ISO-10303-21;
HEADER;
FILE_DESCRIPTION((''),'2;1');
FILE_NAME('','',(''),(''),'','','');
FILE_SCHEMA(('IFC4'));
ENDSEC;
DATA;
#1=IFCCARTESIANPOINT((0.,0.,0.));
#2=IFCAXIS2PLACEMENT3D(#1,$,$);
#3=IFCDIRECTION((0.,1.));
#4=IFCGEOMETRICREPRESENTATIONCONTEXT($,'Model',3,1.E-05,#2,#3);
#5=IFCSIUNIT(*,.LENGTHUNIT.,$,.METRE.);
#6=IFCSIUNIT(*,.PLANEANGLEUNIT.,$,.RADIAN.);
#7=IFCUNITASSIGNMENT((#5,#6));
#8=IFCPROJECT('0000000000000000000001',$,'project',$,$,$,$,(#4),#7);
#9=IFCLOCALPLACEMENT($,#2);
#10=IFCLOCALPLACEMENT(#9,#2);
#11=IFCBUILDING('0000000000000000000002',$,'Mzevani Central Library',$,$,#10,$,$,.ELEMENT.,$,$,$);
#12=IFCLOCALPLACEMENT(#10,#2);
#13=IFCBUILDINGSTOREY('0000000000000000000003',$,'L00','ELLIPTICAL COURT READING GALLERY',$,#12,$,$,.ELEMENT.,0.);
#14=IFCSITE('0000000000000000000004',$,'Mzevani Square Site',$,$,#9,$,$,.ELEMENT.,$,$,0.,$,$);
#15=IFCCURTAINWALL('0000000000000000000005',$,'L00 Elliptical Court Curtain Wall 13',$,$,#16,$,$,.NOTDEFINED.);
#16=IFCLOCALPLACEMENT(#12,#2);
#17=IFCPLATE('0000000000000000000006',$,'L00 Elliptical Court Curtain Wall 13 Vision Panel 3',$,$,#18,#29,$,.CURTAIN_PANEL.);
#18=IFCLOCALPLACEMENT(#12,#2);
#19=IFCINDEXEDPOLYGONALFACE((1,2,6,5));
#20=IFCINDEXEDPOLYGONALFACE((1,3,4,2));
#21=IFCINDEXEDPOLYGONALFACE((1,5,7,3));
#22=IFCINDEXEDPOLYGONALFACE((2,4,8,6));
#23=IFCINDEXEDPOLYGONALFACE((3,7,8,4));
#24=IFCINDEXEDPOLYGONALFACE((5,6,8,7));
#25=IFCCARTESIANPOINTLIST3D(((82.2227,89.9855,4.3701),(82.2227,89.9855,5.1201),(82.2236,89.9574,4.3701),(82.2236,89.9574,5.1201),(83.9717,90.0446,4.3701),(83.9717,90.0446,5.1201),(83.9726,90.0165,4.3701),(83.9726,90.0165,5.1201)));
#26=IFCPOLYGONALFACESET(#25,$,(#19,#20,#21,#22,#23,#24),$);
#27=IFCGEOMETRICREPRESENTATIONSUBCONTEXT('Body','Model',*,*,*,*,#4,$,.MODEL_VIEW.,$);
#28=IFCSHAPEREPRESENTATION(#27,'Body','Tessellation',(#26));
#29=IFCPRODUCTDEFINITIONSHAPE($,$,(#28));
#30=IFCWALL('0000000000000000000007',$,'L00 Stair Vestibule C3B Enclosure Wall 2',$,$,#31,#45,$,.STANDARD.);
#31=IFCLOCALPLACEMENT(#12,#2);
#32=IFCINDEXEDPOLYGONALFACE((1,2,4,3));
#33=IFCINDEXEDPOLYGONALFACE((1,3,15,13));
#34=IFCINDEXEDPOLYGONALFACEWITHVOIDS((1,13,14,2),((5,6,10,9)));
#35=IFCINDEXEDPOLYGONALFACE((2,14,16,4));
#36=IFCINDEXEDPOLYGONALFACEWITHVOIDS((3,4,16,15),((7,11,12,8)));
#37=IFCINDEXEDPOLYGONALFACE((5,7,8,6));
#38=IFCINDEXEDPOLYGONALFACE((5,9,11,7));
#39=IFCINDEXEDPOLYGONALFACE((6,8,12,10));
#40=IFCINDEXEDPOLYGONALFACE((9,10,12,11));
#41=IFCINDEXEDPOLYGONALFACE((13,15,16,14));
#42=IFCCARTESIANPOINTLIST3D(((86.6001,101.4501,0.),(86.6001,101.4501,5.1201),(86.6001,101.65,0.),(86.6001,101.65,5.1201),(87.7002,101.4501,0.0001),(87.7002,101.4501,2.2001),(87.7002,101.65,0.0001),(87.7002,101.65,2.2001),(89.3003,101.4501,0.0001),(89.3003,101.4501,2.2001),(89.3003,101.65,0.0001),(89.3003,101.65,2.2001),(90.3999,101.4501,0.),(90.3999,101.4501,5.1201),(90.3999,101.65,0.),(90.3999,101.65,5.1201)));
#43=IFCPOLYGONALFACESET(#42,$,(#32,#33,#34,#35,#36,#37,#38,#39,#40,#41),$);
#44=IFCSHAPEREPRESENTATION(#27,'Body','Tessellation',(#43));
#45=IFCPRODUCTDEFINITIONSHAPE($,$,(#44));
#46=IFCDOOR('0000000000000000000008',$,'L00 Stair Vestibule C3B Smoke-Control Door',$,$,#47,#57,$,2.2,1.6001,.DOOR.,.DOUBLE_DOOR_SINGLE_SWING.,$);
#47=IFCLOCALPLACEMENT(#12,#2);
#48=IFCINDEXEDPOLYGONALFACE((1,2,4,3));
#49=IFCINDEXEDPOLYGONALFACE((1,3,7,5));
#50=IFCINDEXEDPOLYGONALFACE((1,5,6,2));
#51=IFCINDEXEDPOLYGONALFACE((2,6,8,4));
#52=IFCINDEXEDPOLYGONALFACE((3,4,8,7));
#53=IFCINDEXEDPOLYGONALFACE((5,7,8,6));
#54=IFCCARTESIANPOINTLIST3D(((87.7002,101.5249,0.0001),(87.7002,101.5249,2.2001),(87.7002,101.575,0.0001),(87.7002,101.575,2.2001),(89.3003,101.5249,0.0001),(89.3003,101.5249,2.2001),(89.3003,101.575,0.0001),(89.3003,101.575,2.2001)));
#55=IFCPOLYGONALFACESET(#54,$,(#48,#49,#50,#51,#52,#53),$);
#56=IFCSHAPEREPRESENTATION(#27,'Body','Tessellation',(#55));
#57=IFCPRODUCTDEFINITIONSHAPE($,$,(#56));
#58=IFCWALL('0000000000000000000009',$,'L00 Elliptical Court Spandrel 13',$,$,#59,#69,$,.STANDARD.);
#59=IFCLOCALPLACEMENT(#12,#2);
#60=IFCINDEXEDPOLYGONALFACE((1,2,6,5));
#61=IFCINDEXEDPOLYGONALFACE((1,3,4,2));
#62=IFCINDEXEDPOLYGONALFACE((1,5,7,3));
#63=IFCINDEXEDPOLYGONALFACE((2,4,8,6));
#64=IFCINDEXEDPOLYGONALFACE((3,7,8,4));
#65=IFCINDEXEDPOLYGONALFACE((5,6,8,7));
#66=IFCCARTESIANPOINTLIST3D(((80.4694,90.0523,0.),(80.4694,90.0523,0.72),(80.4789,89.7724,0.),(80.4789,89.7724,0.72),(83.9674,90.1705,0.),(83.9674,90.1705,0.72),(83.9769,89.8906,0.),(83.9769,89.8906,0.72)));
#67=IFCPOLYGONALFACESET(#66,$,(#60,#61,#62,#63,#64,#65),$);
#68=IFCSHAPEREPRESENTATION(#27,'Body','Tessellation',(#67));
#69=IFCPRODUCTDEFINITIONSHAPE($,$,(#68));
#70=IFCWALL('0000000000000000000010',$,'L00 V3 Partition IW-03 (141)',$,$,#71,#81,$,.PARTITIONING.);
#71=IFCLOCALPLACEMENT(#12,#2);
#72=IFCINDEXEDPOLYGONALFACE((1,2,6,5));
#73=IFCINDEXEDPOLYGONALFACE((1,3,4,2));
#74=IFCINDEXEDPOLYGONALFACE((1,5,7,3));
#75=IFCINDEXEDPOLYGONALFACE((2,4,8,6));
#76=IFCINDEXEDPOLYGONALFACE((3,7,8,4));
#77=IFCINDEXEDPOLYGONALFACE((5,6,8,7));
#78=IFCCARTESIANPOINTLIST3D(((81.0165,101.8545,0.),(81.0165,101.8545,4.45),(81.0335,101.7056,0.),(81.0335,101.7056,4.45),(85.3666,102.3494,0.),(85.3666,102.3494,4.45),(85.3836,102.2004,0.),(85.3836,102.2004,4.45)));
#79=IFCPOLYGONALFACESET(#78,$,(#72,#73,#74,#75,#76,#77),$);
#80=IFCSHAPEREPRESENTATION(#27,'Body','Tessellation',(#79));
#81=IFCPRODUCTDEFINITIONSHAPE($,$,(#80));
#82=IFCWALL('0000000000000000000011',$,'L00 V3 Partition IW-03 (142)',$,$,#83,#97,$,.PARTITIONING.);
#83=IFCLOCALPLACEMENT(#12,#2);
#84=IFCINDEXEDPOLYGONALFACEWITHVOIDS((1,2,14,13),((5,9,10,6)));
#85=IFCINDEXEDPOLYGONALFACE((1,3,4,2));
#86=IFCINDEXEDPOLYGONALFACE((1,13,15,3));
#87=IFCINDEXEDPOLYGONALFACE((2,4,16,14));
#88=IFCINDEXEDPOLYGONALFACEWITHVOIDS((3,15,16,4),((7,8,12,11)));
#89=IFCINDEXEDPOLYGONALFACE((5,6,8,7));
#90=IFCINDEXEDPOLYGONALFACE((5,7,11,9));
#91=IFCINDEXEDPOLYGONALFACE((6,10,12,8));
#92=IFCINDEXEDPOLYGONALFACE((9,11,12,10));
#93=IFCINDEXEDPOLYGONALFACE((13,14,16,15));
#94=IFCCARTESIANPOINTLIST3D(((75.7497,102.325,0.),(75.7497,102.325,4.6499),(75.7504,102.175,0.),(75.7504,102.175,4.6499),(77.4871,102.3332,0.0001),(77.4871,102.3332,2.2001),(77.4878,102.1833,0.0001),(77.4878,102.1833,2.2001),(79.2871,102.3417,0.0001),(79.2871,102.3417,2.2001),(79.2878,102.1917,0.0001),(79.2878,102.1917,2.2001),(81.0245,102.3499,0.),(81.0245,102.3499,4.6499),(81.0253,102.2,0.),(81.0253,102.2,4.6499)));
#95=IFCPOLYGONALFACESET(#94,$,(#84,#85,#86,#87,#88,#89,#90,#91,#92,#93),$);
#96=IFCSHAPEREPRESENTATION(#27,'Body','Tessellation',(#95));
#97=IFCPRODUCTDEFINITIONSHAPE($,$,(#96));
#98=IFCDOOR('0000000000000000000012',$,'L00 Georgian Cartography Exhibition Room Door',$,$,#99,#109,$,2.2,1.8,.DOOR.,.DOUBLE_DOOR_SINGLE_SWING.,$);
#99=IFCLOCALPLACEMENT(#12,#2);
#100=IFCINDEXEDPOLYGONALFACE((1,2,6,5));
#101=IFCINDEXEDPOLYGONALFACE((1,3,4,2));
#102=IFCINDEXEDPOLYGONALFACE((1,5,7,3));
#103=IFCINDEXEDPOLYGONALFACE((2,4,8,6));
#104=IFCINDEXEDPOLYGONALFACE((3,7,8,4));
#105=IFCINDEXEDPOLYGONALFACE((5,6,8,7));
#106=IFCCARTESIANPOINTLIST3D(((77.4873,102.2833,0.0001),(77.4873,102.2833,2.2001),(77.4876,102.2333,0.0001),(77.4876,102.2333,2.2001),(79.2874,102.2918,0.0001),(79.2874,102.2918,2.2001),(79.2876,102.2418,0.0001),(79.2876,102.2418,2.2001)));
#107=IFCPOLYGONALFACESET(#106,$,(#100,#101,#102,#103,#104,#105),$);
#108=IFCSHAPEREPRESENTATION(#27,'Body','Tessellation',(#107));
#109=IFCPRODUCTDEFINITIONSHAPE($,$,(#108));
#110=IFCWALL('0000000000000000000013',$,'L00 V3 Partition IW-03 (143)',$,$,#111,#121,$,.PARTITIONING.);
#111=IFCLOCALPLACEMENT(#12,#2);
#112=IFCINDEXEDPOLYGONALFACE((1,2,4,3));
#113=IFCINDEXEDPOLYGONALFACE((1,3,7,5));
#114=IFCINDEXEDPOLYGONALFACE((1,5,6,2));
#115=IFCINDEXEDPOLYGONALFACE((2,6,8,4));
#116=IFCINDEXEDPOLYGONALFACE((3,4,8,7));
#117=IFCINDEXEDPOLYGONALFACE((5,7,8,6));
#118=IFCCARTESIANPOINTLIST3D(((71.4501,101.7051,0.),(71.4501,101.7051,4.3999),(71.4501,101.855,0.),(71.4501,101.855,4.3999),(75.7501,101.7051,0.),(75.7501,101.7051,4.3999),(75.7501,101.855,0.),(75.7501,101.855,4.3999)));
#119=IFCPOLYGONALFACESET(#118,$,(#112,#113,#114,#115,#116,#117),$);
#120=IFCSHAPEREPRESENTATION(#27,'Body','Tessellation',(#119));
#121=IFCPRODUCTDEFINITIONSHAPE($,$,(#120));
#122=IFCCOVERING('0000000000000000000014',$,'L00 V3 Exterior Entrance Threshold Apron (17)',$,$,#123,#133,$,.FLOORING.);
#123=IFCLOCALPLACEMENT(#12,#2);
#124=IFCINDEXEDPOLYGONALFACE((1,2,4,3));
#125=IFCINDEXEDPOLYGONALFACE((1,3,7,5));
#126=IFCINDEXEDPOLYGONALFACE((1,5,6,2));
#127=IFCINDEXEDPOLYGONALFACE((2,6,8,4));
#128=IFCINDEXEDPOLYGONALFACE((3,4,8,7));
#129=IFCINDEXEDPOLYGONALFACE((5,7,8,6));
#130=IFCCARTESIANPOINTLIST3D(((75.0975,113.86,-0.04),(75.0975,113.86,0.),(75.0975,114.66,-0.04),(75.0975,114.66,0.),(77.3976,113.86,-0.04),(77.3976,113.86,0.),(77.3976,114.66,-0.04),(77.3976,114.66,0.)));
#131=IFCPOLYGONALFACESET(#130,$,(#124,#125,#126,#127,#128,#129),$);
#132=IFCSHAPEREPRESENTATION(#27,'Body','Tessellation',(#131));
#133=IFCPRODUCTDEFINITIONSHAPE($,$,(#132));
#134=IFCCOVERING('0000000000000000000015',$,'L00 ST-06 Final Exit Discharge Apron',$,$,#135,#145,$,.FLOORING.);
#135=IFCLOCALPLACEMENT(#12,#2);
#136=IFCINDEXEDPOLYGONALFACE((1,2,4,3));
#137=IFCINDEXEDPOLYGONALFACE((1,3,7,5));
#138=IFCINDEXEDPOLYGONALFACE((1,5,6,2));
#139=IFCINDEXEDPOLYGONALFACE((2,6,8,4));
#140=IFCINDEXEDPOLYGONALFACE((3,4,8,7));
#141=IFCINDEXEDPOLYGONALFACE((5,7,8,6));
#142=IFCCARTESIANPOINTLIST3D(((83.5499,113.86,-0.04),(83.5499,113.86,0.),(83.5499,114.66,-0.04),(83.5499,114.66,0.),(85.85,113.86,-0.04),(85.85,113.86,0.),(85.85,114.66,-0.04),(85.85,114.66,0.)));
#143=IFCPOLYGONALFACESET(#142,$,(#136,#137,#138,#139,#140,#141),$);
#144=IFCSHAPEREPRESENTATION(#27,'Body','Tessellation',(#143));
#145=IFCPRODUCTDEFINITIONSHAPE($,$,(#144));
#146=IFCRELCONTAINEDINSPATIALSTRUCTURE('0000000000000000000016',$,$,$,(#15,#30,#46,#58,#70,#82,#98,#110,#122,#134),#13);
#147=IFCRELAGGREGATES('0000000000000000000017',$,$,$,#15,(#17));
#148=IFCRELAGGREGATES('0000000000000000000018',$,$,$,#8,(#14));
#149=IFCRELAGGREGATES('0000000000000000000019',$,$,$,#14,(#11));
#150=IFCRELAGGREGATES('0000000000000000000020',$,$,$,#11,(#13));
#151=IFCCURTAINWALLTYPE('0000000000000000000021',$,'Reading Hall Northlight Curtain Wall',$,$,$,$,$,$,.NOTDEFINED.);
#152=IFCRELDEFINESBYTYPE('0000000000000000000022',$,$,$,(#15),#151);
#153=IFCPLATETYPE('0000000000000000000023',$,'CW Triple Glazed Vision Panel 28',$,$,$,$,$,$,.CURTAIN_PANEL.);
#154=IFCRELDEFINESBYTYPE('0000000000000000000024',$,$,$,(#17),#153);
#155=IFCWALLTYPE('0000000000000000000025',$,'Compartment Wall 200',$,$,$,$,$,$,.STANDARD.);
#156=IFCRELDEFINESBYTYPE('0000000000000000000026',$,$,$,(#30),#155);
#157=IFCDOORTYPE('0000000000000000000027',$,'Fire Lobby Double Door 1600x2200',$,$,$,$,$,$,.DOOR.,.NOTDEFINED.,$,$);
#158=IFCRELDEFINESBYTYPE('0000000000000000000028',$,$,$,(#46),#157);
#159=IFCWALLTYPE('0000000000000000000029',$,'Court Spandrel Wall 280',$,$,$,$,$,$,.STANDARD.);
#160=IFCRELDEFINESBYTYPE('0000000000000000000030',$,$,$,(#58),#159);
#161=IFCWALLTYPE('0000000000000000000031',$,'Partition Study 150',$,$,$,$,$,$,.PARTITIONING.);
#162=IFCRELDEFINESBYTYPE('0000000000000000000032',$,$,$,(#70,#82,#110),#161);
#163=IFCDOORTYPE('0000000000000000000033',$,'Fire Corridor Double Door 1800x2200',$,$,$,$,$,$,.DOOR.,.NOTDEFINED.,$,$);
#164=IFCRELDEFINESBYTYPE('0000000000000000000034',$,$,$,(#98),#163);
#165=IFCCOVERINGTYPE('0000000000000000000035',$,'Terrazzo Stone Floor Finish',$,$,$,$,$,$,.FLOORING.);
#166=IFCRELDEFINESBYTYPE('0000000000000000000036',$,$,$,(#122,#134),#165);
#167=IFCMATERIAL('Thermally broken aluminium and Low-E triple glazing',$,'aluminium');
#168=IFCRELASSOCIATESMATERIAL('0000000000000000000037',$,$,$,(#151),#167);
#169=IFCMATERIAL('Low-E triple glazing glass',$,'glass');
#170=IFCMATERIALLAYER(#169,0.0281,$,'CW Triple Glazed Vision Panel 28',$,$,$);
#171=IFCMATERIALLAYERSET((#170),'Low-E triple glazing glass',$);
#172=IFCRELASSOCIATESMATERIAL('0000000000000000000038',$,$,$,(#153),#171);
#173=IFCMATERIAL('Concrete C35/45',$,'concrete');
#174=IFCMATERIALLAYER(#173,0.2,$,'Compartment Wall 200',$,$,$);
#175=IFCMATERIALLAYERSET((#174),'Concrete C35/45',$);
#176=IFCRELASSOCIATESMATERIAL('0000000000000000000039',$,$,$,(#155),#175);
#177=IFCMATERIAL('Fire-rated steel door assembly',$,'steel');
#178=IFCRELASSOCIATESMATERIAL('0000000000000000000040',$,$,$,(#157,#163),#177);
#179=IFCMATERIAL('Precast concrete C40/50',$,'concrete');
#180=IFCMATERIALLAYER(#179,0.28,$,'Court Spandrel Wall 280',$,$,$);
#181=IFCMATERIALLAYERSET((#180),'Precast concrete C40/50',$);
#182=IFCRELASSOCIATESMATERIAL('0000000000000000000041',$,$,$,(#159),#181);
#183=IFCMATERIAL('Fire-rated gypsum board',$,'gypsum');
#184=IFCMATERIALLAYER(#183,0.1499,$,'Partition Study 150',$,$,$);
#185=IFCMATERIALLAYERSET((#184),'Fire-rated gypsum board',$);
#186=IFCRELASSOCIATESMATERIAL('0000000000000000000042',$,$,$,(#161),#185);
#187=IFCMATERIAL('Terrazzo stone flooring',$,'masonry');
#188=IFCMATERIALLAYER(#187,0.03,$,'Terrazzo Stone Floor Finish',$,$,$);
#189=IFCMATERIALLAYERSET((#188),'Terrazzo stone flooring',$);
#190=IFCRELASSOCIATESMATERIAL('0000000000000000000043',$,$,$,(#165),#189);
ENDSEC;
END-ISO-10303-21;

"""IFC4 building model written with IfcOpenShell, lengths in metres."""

from ifc_helpers import new_model, si_unit, direction, frame, frame_2d, origin, origin_2d, place, context, subcontext, project, spatial, rectangle, extrude, material, layer, layer_set, type_object, element, fill, aggregate, save


model = new_model("IFC4")

# Units and contexts
model_context = context("Model", 3, precision=1e-05, world=origin(), true_north=direction((0.0, 1.0)))
body_context = subcontext(model_context, "Body", "Model", "MODEL_VIEW")
ifc_project = project(units=[si_unit("LENGTHUNIT", "METRE"), si_unit("PLANEANGLEUNIT", "RADIAN")], contexts=[model_context])

# Site, building, storey
site_placement = place(None, origin())
site = spatial("IfcSite", under=ifc_project, at=site_placement, Name="Mzevani Square Site", CompositionType="ELEMENT", RefElevation=0.0)
building_placement = place(site_placement, origin())
building = spatial("IfcBuilding", under=site, at=building_placement, Name="Mzevani Central Library", CompositionType="ELEMENT")
storey_placement = place(building_placement, origin())
storey = spatial("IfcBuildingStorey", under=building, at=storey_placement, Name="L00", Description="ELLIPTICAL COURT READING GALLERY", CompositionType="ELEMENT", Elevation=0.0)

# Shared definitions
ifc_material_1 = material(Name="Concrete C35/45", Category="concrete")

# Shared definitions
ifc_material_2 = material(Name="Thermally broken aluminium and Low-E triple glazing", Category="aluminium")

# Curtain wall
curtain_wall_type_1 = type_object("IfcCurtainWallType", Name="Reading Hall Northlight Curtain Wall", PredefinedType="NOTDEFINED", material=ifc_material_2)
curtain_wall_1_placement = place(storey_placement, origin())
curtain_wall_1 = element("IfcCurtainWall", 1, at=curtain_wall_1_placement, inside=storey, type_object=curtain_wall_type_1, Name="L00 Elliptical Court Curtain Wall 13", PredefinedType="NOTDEFINED")

# Shared definitions
ifc_material_3 = material(Name="Precast concrete C40/50", Category="concrete")

# Plate
ifc_material_4 = material(Name="Low-E triple glazing glass", Category="glass")
ifc_layer_1 = layer(ifc_material_4, 0.0281, Name="CW Triple Glazed Vision Panel 28")
ifc_layer_set_1 = layer_set([ifc_layer_1], Name="Low-E triple glazing glass")
plate_type_1 = type_object("IfcPlateType", Name="CW Triple Glazed Vision Panel 28", PredefinedType="CURTAIN_PANEL", material=ifc_layer_set_1)
plate_1_placement = place(storey_placement, frame((83.0977, 90.001, 4.3701), z_axis=(0.0, 0.0, 1.0), x_axis=(-0.99943, -0.033771, 0.0)))
plate_1 = element("IfcPlate", 2, at=plate_1_placement, type_object=plate_type_1, Name="L00 Elliptical Court Curtain Wall 13 Vision Panel 3", PredefinedType="CURTAIN_PANEL", context=body_context, shape_type="SweptSolid", body=[
    extrude(rectangle(XDim=1.75, YDim=0.0281, at=origin_2d()), origin(), (0.0, 0.0, 1.0), 0.75),
])
aggregate(curtain_wall_1, [plate_1])

# Wall, opening, door
ifc_layer_2 = layer(ifc_material_1, 0.2, Name="Compartment Wall 200")
ifc_layer_set_2 = layer_set([ifc_layer_2], Name="Concrete C35/45")
wall_type_1 = type_object("IfcWallType", Name="Compartment Wall 200", PredefinedType="STANDARD", material=ifc_layer_set_2)
wall_1_placement = place(storey_placement, frame((86.6001, 101.55, 0.0), z_axis=(0.0, 0.0, 1.0), x_axis=(1.0, 0.0, 0.0)))
wall_1 = element("IfcWall", 3, at=wall_1_placement, inside=storey, type_object=wall_type_1, Name="L00 Stair Vestibule C3B Enclosure Wall 2", PredefinedType="STANDARD", context=body_context, shape_type="SweptSolid", body=[
    extrude(rectangle(XDim=3.7998, YDim=0.2, at=frame_2d((1.8999, 0.0))), origin(), (0.0, 0.0, 1.0), 5.1201),
])
opening_1_placement = place(wall_1_placement, frame((1.1001, 0.0, 0.0)))
opening_1 = element("IfcOpeningElement", 4, at=opening_1_placement, cuts=wall_1, PredefinedType="OPENING", context=body_context, shape_type="SweptSolid", body=[
    extrude(rectangle(XDim=1.6001, YDim=2.2, at=frame_2d((0.8, 1.1001))), frame((0.0, 0.1099, 0.0), z_axis=(0.0, -1.0, 0.0), x_axis=(1.0, 0.0, 0.0)), (0.0, 0.0, 1.0), 0.22),
])
ifc_material_5 = material(Name="Fire-rated steel door assembly", Category="steel")
door_type_1 = type_object("IfcDoorType", Name="Fire Lobby Double Door 1600x2200", OperationType="NOTDEFINED", PredefinedType="DOOR", material=ifc_material_5)
door_1_placement = place(opening_1_placement, origin())
door_1 = element("IfcDoor", 5, at=door_1_placement, inside=storey, type_object=door_type_1, Name="L00 Stair Vestibule C3B Smoke-Control Door", OperationType="DOUBLE_DOOR_SINGLE_SWING", OverallHeight=2.2, OverallWidth=1.6001, PredefinedType="DOOR", context=body_context, shape_type="SweptSolid", body=[
    extrude(rectangle(XDim=1.6001, YDim=2.2, at=frame_2d((0.8, 1.1001))), frame((0.0, 0.0249, 0.0), z_axis=(0.0, -1.0, 0.0), x_axis=(1.0, 0.0, 0.0)), (0.0, 0.0, 1.0), 0.05),
])
fill(opening_1, door_1)

# Walls
ifc_layer_3 = layer(ifc_material_3, 0.28, Name="Court Spandrel Wall 280")
ifc_layer_set_3 = layer_set([ifc_layer_3], Name="Precast concrete C40/50")
wall_type_2 = type_object("IfcWallType", Name="Court Spandrel Wall 280", PredefinedType="STANDARD", material=ifc_layer_set_3)
wall_2_placement = place(storey_placement, frame((83.9722, 90.0305, 0.0), z_axis=(0.0, 0.0, 1.0), x_axis=(-0.99943, -0.033761, 0.0)))
element("IfcWall", 6, at=wall_2_placement, inside=storey, type_object=wall_type_2, Name="L00 Elliptical Court Spandrel 13", PredefinedType="STANDARD", context=body_context, shape_type="SweptSolid", body=[
    extrude(rectangle(XDim=3.5, YDim=0.28, at=frame_2d((1.75, 0.0))), origin(), (0.0, 0.0, 1.0), 0.72),
])
ifc_material_6 = material(Name="Fire-rated gypsum board", Category="gypsum")
ifc_layer_4 = layer(ifc_material_6, 0.1499, Name="Partition Study 150")
ifc_layer_set_4 = layer_set([ifc_layer_4], Name="Fire-rated gypsum board")
wall_type_3 = type_object("IfcWallType", Name="Partition Study 150", PredefinedType="PARTITIONING", material=ifc_layer_set_4)
wall_3_placement = place(storey_placement, frame((85.375, 102.2749, 0.0), z_axis=(0.0, 0.0, 1.0), x_axis=(-0.993591, -0.113032, 0.0)))
element("IfcWall", 7, at=wall_3_placement, inside=storey, type_object=wall_type_3, Name="L00 V3 Partition IW-03 (141)", PredefinedType="PARTITIONING", context=body_context, shape_type="SweptSolid", body=[
    extrude(rectangle(XDim=4.3782, YDim=0.1499, at=frame_2d((2.189, 0.0))), origin(), (0.0, 0.0, 1.0), 4.45),
])

# Wall, opening, door
wall_4_placement = place(storey_placement, frame((81.0249, 102.2749, 0.0), z_axis=(0.0, 0.0, 1.0), x_axis=(-0.999989, -0.004721, 0.0)))
wall_4 = element("IfcWall", 8, at=wall_4_placement, inside=storey, type_object=wall_type_3, Name="L00 V3 Partition IW-03 (142)", PredefinedType="PARTITIONING", context=body_context, shape_type="SweptSolid", body=[
    extrude(rectangle(XDim=5.2749, YDim=0.1499, at=frame_2d((2.6375, 0.0))), origin(), (0.0, 0.0, 1.0), 4.6499),
])
opening_2_placement = place(wall_4_placement, frame((1.7375, 0.0, 0.0)))
opening_2 = element("IfcOpeningElement", 9, at=opening_2_placement, cuts=wall_4, PredefinedType="OPENING", context=body_context, shape_type="SweptSolid", body=[
    extrude(rectangle(XDim=1.8, YDim=2.2, at=frame_2d((0.8999, 1.1001))), frame((0.0, 0.085, 0.0), z_axis=(0.0, -1.0, 0.0), x_axis=(1.0, 0.0, 0.0)), (0.0, 0.0, 1.0), 0.1699),
])
door_type_2 = type_object("IfcDoorType", Name="Fire Corridor Double Door 1800x2200", OperationType="NOTDEFINED", PredefinedType="DOOR", material=ifc_material_5)
door_2_placement = place(opening_2_placement, origin())
door_2 = element("IfcDoor", 10, at=door_2_placement, inside=storey, type_object=door_type_2, Name="L00 Georgian Cartography Exhibition Room Door", OperationType="DOUBLE_DOOR_SINGLE_SWING", OverallHeight=2.2, OverallWidth=1.8, PredefinedType="DOOR", context=body_context, shape_type="SweptSolid", body=[
    extrude(rectangle(XDim=1.8, YDim=2.2, at=frame_2d((0.8999, 1.1001))), frame((0.0, 0.0249, 0.0), z_axis=(0.0, -1.0, 0.0), x_axis=(1.0, 0.0, 0.0)), (0.0, 0.0, 1.0), 0.05),
])
fill(opening_2, door_2)

# Wall
wall_5_placement = place(storey_placement, frame((75.75, 101.78, 0.0), z_axis=(0.0, 0.0, 1.0), x_axis=(-1.0, 0.0, 0.0)))
element("IfcWall", 11, at=wall_5_placement, inside=storey, type_object=wall_type_3, Name="L00 V3 Partition IW-03 (143)", PredefinedType="PARTITIONING", context=body_context, shape_type="SweptSolid", body=[
    extrude(rectangle(XDim=4.3, YDim=0.1499, at=frame_2d((2.1499, 0.0))), origin(), (0.0, 0.0, 1.0), 4.3999),
])

# Coverings
ifc_material_7 = material(Name="Terrazzo stone flooring", Category="masonry")
ifc_layer_5 = layer(ifc_material_7, 0.03, Name="Terrazzo Stone Floor Finish")
ifc_layer_set_5 = layer_set([ifc_layer_5], Name="Terrazzo stone flooring")
covering_type = type_object("IfcCoveringType", Name="Terrazzo Stone Floor Finish", PredefinedType="FLOORING", material=ifc_layer_set_5)
for number, where, z_axis, x_axis, name in (
    (12, (76.2476, 114.26, -0.04), (0.0, 0.0, 1.0), (1.0, 0.0, 0.0), "L00 V3 Exterior Entrance Threshold Apron (17)"),
    (13, (84.7, 114.26, -0.04), (0.0, 0.0, 1.0), (1.0, 0.0, 0.0), "L00 ST-06 Final Exit Discharge Apron"),
):
    element("IfcCovering", number, at=place(storey_placement, frame(where, z_axis=z_axis, x_axis=x_axis)), inside=storey, type_object=covering_type, Name=name, PredefinedType="FLOORING", context=body_context, shape_type="SweptSolid", body=[
        extrude(rectangle(XDim=2.3, YDim=0.8, at=origin_2d()), origin(), (0.0, 0.0, 1.0), 0.04),
    ])

save(model, "model.ifc")
